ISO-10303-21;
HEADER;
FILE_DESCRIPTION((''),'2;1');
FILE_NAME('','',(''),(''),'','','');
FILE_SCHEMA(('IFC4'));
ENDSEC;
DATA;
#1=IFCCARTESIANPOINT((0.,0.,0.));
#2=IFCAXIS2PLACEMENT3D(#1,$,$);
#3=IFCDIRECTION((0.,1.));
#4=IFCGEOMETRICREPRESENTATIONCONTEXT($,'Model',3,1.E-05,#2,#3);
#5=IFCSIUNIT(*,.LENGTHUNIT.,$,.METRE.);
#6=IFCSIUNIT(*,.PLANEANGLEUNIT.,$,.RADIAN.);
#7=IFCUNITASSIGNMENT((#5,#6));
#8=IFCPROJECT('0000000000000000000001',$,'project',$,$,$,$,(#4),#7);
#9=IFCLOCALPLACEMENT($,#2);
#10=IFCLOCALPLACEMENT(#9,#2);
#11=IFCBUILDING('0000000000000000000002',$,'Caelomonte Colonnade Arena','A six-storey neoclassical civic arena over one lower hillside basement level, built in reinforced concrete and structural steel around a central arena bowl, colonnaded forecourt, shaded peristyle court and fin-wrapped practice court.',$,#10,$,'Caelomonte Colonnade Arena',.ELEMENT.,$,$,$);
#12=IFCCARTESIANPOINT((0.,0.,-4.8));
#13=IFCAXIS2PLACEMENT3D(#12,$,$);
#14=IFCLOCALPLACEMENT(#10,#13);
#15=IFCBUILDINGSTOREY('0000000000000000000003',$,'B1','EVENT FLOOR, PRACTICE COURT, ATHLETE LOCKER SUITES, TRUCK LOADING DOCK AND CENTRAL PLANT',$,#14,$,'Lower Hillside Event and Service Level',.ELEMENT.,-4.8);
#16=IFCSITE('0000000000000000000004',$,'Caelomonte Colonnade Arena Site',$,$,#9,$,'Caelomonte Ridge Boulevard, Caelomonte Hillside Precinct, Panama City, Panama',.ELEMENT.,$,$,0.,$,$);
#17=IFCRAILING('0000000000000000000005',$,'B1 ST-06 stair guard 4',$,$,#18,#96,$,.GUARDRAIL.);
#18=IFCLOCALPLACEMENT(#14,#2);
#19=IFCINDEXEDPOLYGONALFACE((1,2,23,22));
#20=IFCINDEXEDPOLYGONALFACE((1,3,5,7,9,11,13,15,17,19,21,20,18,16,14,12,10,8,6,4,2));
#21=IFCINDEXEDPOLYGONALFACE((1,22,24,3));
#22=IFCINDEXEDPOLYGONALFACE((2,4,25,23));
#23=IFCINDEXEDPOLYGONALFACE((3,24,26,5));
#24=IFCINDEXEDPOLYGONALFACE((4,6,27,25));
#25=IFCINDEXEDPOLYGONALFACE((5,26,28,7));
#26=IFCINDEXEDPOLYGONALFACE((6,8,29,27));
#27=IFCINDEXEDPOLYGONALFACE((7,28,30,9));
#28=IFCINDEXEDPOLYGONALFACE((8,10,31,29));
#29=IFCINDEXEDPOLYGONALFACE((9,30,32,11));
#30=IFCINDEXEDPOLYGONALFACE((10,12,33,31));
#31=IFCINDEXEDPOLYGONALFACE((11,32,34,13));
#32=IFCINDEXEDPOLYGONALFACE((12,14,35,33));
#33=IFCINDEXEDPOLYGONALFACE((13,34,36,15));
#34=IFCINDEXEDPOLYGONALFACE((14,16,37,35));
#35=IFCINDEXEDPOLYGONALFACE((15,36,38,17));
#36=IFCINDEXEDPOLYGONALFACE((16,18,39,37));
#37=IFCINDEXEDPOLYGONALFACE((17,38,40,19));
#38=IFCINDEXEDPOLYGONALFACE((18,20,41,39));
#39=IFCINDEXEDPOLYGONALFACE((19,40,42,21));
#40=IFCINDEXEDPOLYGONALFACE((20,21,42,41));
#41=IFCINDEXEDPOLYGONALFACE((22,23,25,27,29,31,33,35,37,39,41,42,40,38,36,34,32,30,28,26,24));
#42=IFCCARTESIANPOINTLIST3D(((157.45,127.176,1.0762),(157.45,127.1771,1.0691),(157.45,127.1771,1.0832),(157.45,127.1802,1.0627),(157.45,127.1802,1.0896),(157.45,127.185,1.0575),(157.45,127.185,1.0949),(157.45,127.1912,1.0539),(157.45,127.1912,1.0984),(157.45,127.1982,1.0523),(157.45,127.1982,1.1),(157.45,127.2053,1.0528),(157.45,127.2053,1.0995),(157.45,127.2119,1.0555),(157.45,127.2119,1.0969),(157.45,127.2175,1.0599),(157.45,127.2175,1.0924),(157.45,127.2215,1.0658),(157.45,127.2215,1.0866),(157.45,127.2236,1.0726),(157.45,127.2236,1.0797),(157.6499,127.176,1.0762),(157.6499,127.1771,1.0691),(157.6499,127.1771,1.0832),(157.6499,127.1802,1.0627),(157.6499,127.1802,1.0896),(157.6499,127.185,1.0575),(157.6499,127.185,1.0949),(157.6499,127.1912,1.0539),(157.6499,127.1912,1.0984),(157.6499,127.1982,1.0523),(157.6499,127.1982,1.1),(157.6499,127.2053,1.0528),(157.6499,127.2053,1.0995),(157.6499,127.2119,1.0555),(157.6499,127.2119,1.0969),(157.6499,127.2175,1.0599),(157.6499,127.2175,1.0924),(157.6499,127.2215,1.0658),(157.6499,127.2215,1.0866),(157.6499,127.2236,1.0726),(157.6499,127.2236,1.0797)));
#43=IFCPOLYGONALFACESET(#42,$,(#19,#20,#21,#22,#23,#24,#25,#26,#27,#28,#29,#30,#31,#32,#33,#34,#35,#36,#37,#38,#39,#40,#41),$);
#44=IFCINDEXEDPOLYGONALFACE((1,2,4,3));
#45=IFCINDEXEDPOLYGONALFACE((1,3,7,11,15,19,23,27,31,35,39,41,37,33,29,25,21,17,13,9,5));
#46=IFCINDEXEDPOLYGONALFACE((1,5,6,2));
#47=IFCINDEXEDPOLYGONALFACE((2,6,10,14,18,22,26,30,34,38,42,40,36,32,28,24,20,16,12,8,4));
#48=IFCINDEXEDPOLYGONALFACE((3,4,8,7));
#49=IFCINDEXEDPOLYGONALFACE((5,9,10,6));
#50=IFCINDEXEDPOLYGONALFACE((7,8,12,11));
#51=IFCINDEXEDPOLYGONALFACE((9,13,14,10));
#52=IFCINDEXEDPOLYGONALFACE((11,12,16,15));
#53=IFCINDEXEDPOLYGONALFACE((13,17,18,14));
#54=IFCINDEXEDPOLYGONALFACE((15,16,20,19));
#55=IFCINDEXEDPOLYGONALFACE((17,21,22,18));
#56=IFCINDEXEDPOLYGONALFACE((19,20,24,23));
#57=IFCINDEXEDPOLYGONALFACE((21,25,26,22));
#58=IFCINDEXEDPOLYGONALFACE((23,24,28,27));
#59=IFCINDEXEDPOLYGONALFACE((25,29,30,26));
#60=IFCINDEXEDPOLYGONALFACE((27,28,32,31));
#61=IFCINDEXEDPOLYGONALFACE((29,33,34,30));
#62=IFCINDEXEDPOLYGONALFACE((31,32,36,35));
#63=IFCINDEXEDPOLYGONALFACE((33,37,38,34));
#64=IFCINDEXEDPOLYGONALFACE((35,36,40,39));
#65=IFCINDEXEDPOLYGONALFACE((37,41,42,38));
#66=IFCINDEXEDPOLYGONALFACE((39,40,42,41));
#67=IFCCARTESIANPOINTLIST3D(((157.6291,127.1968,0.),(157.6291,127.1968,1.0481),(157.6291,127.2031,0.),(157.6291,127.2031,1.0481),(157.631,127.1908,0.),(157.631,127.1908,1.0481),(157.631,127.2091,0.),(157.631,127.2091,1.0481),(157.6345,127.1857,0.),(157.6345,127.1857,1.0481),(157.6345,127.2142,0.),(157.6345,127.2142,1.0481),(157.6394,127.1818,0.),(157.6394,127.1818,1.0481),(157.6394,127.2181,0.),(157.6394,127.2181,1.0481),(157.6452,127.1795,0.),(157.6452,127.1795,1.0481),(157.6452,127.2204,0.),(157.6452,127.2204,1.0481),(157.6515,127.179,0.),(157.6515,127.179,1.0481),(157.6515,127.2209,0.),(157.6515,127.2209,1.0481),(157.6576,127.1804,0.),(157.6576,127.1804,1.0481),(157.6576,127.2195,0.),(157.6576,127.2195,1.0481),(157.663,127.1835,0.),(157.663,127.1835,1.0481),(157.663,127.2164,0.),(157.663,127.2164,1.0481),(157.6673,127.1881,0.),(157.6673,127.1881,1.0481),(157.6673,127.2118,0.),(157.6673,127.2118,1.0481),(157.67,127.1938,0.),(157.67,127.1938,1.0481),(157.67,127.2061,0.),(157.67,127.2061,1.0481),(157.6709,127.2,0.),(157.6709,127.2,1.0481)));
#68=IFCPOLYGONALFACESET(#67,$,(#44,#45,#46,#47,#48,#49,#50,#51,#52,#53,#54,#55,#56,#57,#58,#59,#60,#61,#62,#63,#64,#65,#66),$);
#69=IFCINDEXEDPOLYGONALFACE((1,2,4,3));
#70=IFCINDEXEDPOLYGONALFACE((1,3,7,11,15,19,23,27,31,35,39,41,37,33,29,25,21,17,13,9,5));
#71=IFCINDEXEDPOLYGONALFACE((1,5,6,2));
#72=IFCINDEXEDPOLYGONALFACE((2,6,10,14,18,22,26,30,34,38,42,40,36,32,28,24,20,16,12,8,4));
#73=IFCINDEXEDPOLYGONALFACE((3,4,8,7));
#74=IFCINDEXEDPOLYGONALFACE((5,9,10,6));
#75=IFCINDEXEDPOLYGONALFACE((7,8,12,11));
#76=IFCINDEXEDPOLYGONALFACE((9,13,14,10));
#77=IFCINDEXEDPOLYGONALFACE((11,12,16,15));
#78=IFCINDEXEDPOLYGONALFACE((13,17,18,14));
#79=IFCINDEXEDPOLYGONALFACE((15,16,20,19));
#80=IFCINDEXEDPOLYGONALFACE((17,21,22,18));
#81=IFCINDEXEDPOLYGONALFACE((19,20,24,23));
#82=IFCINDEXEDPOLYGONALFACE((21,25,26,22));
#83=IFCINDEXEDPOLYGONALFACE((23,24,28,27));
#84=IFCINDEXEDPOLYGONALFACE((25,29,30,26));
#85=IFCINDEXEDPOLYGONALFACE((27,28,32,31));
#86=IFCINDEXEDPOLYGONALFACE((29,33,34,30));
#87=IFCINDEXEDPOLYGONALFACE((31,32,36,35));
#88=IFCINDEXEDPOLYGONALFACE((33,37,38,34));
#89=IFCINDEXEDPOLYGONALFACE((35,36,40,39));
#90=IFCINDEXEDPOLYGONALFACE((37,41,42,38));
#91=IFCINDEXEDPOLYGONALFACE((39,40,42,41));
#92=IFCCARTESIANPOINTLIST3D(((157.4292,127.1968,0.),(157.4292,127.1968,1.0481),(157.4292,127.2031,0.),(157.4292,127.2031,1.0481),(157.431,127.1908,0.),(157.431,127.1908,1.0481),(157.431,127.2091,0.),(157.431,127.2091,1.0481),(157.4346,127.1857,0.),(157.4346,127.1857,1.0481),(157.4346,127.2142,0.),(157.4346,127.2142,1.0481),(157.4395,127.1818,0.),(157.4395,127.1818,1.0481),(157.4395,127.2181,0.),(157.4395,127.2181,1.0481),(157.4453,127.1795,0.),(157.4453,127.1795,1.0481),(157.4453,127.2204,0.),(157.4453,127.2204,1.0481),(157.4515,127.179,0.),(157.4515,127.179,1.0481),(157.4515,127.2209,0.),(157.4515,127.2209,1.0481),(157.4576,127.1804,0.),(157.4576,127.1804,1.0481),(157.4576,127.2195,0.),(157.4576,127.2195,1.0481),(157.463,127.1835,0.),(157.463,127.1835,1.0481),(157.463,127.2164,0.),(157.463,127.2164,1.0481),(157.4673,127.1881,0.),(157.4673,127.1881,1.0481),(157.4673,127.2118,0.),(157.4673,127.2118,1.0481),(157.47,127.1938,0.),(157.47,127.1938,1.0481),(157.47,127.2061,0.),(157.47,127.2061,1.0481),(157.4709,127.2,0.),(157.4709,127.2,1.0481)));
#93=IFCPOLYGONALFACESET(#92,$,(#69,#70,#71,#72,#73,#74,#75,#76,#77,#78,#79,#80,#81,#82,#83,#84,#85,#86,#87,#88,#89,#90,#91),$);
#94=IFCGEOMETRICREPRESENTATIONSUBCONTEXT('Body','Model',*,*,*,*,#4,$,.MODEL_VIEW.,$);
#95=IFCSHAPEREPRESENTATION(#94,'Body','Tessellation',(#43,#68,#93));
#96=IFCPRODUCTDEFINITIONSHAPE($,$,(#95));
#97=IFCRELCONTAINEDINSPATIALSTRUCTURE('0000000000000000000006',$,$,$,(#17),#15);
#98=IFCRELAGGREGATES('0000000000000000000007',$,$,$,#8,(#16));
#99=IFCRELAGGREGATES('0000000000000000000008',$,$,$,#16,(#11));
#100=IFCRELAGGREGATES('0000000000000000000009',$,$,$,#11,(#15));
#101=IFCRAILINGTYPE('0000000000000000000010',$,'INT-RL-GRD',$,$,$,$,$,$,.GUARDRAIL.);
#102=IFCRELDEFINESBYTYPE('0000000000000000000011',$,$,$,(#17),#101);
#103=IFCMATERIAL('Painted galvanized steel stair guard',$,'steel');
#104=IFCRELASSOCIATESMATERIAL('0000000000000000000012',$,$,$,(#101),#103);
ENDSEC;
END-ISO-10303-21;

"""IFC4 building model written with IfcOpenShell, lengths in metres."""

from ifc_helpers import new_model, si_unit, direction, frame, origin, origin_2d, place, context, subcontext, project, spatial, circle, extrude, material, type_object, element, save


model = new_model("IFC4")

# Units and contexts
model_context = context("Model", 3, precision=1e-05, world=origin(), true_north=direction((0.0, 1.0)))
body_context = subcontext(model_context, "Body", "Model", "MODEL_VIEW")
ifc_project = project(units=[si_unit("LENGTHUNIT", "METRE"), si_unit("PLANEANGLEUNIT", "RADIAN")], contexts=[model_context])

# Site, building, storey
site_placement = place(None, origin())
site = spatial("IfcSite", under=ifc_project, at=site_placement, Name="Caelomonte Colonnade Arena Site", LongName="Caelomonte Ridge Boulevard, Caelomonte Hillside Precinct, Panama City, Panama", CompositionType="ELEMENT", RefElevation=0.0)
building_placement = place(site_placement, origin())
building = spatial("IfcBuilding", under=site, at=building_placement, Name="Caelomonte Colonnade Arena", Description="A six-storey neoclassical civic arena over one lower hillside basement level, built in reinforced concrete and structural steel around a central arena bowl, colonnaded forecourt, shaded peristyle court and fin-wrapped practice court.", LongName="Caelomonte Colonnade Arena", CompositionType="ELEMENT")
storey_placement = place(building_placement, frame((0.0, 0.0, -4.8)))
storey = spatial("IfcBuildingStorey", under=building, at=storey_placement, Name="B1", Description="EVENT FLOOR, PRACTICE COURT, ATHLETE LOCKER SUITES, TRUCK LOADING DOCK AND CENTRAL PLANT", LongName="Lower Hillside Event and Service Level", CompositionType="ELEMENT", Elevation=-4.8)

# Railing
ifc_material_1 = material(Name="Painted galvanized steel stair guard", Category="steel")
railing_type_1 = type_object("IfcRailingType", Name="INT-RL-GRD", PredefinedType="GUARDRAIL", material=ifc_material_1)
railing_1_placement = place(storey_placement, frame((157.6499, 127.2, 0.0)))
element("IfcRailing", 1, at=railing_1_placement, inside=storey, type_object=railing_type_1, Name="B1 ST-06 stair guard 4", PredefinedType="GUARDRAIL", context=body_context, shape_type="SweptSolid", body=[
    extrude(circle(Radius=0.0239, at=origin_2d()), frame((0.0, 0.0, 1.0762), z_axis=(-1.0, 0.0, 0.0), x_axis=(0.0, -1.0, 0.0)), (0.0, 0.0, 1.0), 0.2),
    extrude(circle(Radius=0.021, at=origin_2d()), origin(), (0.0, 0.0, 1.0), 1.0481),
    extrude(circle(Radius=0.021, at=origin_2d()), frame((-0.2, 0.0, 0.0)), (0.0, 0.0, 1.0), 1.0481),
])

save(model, "model.ifc")
